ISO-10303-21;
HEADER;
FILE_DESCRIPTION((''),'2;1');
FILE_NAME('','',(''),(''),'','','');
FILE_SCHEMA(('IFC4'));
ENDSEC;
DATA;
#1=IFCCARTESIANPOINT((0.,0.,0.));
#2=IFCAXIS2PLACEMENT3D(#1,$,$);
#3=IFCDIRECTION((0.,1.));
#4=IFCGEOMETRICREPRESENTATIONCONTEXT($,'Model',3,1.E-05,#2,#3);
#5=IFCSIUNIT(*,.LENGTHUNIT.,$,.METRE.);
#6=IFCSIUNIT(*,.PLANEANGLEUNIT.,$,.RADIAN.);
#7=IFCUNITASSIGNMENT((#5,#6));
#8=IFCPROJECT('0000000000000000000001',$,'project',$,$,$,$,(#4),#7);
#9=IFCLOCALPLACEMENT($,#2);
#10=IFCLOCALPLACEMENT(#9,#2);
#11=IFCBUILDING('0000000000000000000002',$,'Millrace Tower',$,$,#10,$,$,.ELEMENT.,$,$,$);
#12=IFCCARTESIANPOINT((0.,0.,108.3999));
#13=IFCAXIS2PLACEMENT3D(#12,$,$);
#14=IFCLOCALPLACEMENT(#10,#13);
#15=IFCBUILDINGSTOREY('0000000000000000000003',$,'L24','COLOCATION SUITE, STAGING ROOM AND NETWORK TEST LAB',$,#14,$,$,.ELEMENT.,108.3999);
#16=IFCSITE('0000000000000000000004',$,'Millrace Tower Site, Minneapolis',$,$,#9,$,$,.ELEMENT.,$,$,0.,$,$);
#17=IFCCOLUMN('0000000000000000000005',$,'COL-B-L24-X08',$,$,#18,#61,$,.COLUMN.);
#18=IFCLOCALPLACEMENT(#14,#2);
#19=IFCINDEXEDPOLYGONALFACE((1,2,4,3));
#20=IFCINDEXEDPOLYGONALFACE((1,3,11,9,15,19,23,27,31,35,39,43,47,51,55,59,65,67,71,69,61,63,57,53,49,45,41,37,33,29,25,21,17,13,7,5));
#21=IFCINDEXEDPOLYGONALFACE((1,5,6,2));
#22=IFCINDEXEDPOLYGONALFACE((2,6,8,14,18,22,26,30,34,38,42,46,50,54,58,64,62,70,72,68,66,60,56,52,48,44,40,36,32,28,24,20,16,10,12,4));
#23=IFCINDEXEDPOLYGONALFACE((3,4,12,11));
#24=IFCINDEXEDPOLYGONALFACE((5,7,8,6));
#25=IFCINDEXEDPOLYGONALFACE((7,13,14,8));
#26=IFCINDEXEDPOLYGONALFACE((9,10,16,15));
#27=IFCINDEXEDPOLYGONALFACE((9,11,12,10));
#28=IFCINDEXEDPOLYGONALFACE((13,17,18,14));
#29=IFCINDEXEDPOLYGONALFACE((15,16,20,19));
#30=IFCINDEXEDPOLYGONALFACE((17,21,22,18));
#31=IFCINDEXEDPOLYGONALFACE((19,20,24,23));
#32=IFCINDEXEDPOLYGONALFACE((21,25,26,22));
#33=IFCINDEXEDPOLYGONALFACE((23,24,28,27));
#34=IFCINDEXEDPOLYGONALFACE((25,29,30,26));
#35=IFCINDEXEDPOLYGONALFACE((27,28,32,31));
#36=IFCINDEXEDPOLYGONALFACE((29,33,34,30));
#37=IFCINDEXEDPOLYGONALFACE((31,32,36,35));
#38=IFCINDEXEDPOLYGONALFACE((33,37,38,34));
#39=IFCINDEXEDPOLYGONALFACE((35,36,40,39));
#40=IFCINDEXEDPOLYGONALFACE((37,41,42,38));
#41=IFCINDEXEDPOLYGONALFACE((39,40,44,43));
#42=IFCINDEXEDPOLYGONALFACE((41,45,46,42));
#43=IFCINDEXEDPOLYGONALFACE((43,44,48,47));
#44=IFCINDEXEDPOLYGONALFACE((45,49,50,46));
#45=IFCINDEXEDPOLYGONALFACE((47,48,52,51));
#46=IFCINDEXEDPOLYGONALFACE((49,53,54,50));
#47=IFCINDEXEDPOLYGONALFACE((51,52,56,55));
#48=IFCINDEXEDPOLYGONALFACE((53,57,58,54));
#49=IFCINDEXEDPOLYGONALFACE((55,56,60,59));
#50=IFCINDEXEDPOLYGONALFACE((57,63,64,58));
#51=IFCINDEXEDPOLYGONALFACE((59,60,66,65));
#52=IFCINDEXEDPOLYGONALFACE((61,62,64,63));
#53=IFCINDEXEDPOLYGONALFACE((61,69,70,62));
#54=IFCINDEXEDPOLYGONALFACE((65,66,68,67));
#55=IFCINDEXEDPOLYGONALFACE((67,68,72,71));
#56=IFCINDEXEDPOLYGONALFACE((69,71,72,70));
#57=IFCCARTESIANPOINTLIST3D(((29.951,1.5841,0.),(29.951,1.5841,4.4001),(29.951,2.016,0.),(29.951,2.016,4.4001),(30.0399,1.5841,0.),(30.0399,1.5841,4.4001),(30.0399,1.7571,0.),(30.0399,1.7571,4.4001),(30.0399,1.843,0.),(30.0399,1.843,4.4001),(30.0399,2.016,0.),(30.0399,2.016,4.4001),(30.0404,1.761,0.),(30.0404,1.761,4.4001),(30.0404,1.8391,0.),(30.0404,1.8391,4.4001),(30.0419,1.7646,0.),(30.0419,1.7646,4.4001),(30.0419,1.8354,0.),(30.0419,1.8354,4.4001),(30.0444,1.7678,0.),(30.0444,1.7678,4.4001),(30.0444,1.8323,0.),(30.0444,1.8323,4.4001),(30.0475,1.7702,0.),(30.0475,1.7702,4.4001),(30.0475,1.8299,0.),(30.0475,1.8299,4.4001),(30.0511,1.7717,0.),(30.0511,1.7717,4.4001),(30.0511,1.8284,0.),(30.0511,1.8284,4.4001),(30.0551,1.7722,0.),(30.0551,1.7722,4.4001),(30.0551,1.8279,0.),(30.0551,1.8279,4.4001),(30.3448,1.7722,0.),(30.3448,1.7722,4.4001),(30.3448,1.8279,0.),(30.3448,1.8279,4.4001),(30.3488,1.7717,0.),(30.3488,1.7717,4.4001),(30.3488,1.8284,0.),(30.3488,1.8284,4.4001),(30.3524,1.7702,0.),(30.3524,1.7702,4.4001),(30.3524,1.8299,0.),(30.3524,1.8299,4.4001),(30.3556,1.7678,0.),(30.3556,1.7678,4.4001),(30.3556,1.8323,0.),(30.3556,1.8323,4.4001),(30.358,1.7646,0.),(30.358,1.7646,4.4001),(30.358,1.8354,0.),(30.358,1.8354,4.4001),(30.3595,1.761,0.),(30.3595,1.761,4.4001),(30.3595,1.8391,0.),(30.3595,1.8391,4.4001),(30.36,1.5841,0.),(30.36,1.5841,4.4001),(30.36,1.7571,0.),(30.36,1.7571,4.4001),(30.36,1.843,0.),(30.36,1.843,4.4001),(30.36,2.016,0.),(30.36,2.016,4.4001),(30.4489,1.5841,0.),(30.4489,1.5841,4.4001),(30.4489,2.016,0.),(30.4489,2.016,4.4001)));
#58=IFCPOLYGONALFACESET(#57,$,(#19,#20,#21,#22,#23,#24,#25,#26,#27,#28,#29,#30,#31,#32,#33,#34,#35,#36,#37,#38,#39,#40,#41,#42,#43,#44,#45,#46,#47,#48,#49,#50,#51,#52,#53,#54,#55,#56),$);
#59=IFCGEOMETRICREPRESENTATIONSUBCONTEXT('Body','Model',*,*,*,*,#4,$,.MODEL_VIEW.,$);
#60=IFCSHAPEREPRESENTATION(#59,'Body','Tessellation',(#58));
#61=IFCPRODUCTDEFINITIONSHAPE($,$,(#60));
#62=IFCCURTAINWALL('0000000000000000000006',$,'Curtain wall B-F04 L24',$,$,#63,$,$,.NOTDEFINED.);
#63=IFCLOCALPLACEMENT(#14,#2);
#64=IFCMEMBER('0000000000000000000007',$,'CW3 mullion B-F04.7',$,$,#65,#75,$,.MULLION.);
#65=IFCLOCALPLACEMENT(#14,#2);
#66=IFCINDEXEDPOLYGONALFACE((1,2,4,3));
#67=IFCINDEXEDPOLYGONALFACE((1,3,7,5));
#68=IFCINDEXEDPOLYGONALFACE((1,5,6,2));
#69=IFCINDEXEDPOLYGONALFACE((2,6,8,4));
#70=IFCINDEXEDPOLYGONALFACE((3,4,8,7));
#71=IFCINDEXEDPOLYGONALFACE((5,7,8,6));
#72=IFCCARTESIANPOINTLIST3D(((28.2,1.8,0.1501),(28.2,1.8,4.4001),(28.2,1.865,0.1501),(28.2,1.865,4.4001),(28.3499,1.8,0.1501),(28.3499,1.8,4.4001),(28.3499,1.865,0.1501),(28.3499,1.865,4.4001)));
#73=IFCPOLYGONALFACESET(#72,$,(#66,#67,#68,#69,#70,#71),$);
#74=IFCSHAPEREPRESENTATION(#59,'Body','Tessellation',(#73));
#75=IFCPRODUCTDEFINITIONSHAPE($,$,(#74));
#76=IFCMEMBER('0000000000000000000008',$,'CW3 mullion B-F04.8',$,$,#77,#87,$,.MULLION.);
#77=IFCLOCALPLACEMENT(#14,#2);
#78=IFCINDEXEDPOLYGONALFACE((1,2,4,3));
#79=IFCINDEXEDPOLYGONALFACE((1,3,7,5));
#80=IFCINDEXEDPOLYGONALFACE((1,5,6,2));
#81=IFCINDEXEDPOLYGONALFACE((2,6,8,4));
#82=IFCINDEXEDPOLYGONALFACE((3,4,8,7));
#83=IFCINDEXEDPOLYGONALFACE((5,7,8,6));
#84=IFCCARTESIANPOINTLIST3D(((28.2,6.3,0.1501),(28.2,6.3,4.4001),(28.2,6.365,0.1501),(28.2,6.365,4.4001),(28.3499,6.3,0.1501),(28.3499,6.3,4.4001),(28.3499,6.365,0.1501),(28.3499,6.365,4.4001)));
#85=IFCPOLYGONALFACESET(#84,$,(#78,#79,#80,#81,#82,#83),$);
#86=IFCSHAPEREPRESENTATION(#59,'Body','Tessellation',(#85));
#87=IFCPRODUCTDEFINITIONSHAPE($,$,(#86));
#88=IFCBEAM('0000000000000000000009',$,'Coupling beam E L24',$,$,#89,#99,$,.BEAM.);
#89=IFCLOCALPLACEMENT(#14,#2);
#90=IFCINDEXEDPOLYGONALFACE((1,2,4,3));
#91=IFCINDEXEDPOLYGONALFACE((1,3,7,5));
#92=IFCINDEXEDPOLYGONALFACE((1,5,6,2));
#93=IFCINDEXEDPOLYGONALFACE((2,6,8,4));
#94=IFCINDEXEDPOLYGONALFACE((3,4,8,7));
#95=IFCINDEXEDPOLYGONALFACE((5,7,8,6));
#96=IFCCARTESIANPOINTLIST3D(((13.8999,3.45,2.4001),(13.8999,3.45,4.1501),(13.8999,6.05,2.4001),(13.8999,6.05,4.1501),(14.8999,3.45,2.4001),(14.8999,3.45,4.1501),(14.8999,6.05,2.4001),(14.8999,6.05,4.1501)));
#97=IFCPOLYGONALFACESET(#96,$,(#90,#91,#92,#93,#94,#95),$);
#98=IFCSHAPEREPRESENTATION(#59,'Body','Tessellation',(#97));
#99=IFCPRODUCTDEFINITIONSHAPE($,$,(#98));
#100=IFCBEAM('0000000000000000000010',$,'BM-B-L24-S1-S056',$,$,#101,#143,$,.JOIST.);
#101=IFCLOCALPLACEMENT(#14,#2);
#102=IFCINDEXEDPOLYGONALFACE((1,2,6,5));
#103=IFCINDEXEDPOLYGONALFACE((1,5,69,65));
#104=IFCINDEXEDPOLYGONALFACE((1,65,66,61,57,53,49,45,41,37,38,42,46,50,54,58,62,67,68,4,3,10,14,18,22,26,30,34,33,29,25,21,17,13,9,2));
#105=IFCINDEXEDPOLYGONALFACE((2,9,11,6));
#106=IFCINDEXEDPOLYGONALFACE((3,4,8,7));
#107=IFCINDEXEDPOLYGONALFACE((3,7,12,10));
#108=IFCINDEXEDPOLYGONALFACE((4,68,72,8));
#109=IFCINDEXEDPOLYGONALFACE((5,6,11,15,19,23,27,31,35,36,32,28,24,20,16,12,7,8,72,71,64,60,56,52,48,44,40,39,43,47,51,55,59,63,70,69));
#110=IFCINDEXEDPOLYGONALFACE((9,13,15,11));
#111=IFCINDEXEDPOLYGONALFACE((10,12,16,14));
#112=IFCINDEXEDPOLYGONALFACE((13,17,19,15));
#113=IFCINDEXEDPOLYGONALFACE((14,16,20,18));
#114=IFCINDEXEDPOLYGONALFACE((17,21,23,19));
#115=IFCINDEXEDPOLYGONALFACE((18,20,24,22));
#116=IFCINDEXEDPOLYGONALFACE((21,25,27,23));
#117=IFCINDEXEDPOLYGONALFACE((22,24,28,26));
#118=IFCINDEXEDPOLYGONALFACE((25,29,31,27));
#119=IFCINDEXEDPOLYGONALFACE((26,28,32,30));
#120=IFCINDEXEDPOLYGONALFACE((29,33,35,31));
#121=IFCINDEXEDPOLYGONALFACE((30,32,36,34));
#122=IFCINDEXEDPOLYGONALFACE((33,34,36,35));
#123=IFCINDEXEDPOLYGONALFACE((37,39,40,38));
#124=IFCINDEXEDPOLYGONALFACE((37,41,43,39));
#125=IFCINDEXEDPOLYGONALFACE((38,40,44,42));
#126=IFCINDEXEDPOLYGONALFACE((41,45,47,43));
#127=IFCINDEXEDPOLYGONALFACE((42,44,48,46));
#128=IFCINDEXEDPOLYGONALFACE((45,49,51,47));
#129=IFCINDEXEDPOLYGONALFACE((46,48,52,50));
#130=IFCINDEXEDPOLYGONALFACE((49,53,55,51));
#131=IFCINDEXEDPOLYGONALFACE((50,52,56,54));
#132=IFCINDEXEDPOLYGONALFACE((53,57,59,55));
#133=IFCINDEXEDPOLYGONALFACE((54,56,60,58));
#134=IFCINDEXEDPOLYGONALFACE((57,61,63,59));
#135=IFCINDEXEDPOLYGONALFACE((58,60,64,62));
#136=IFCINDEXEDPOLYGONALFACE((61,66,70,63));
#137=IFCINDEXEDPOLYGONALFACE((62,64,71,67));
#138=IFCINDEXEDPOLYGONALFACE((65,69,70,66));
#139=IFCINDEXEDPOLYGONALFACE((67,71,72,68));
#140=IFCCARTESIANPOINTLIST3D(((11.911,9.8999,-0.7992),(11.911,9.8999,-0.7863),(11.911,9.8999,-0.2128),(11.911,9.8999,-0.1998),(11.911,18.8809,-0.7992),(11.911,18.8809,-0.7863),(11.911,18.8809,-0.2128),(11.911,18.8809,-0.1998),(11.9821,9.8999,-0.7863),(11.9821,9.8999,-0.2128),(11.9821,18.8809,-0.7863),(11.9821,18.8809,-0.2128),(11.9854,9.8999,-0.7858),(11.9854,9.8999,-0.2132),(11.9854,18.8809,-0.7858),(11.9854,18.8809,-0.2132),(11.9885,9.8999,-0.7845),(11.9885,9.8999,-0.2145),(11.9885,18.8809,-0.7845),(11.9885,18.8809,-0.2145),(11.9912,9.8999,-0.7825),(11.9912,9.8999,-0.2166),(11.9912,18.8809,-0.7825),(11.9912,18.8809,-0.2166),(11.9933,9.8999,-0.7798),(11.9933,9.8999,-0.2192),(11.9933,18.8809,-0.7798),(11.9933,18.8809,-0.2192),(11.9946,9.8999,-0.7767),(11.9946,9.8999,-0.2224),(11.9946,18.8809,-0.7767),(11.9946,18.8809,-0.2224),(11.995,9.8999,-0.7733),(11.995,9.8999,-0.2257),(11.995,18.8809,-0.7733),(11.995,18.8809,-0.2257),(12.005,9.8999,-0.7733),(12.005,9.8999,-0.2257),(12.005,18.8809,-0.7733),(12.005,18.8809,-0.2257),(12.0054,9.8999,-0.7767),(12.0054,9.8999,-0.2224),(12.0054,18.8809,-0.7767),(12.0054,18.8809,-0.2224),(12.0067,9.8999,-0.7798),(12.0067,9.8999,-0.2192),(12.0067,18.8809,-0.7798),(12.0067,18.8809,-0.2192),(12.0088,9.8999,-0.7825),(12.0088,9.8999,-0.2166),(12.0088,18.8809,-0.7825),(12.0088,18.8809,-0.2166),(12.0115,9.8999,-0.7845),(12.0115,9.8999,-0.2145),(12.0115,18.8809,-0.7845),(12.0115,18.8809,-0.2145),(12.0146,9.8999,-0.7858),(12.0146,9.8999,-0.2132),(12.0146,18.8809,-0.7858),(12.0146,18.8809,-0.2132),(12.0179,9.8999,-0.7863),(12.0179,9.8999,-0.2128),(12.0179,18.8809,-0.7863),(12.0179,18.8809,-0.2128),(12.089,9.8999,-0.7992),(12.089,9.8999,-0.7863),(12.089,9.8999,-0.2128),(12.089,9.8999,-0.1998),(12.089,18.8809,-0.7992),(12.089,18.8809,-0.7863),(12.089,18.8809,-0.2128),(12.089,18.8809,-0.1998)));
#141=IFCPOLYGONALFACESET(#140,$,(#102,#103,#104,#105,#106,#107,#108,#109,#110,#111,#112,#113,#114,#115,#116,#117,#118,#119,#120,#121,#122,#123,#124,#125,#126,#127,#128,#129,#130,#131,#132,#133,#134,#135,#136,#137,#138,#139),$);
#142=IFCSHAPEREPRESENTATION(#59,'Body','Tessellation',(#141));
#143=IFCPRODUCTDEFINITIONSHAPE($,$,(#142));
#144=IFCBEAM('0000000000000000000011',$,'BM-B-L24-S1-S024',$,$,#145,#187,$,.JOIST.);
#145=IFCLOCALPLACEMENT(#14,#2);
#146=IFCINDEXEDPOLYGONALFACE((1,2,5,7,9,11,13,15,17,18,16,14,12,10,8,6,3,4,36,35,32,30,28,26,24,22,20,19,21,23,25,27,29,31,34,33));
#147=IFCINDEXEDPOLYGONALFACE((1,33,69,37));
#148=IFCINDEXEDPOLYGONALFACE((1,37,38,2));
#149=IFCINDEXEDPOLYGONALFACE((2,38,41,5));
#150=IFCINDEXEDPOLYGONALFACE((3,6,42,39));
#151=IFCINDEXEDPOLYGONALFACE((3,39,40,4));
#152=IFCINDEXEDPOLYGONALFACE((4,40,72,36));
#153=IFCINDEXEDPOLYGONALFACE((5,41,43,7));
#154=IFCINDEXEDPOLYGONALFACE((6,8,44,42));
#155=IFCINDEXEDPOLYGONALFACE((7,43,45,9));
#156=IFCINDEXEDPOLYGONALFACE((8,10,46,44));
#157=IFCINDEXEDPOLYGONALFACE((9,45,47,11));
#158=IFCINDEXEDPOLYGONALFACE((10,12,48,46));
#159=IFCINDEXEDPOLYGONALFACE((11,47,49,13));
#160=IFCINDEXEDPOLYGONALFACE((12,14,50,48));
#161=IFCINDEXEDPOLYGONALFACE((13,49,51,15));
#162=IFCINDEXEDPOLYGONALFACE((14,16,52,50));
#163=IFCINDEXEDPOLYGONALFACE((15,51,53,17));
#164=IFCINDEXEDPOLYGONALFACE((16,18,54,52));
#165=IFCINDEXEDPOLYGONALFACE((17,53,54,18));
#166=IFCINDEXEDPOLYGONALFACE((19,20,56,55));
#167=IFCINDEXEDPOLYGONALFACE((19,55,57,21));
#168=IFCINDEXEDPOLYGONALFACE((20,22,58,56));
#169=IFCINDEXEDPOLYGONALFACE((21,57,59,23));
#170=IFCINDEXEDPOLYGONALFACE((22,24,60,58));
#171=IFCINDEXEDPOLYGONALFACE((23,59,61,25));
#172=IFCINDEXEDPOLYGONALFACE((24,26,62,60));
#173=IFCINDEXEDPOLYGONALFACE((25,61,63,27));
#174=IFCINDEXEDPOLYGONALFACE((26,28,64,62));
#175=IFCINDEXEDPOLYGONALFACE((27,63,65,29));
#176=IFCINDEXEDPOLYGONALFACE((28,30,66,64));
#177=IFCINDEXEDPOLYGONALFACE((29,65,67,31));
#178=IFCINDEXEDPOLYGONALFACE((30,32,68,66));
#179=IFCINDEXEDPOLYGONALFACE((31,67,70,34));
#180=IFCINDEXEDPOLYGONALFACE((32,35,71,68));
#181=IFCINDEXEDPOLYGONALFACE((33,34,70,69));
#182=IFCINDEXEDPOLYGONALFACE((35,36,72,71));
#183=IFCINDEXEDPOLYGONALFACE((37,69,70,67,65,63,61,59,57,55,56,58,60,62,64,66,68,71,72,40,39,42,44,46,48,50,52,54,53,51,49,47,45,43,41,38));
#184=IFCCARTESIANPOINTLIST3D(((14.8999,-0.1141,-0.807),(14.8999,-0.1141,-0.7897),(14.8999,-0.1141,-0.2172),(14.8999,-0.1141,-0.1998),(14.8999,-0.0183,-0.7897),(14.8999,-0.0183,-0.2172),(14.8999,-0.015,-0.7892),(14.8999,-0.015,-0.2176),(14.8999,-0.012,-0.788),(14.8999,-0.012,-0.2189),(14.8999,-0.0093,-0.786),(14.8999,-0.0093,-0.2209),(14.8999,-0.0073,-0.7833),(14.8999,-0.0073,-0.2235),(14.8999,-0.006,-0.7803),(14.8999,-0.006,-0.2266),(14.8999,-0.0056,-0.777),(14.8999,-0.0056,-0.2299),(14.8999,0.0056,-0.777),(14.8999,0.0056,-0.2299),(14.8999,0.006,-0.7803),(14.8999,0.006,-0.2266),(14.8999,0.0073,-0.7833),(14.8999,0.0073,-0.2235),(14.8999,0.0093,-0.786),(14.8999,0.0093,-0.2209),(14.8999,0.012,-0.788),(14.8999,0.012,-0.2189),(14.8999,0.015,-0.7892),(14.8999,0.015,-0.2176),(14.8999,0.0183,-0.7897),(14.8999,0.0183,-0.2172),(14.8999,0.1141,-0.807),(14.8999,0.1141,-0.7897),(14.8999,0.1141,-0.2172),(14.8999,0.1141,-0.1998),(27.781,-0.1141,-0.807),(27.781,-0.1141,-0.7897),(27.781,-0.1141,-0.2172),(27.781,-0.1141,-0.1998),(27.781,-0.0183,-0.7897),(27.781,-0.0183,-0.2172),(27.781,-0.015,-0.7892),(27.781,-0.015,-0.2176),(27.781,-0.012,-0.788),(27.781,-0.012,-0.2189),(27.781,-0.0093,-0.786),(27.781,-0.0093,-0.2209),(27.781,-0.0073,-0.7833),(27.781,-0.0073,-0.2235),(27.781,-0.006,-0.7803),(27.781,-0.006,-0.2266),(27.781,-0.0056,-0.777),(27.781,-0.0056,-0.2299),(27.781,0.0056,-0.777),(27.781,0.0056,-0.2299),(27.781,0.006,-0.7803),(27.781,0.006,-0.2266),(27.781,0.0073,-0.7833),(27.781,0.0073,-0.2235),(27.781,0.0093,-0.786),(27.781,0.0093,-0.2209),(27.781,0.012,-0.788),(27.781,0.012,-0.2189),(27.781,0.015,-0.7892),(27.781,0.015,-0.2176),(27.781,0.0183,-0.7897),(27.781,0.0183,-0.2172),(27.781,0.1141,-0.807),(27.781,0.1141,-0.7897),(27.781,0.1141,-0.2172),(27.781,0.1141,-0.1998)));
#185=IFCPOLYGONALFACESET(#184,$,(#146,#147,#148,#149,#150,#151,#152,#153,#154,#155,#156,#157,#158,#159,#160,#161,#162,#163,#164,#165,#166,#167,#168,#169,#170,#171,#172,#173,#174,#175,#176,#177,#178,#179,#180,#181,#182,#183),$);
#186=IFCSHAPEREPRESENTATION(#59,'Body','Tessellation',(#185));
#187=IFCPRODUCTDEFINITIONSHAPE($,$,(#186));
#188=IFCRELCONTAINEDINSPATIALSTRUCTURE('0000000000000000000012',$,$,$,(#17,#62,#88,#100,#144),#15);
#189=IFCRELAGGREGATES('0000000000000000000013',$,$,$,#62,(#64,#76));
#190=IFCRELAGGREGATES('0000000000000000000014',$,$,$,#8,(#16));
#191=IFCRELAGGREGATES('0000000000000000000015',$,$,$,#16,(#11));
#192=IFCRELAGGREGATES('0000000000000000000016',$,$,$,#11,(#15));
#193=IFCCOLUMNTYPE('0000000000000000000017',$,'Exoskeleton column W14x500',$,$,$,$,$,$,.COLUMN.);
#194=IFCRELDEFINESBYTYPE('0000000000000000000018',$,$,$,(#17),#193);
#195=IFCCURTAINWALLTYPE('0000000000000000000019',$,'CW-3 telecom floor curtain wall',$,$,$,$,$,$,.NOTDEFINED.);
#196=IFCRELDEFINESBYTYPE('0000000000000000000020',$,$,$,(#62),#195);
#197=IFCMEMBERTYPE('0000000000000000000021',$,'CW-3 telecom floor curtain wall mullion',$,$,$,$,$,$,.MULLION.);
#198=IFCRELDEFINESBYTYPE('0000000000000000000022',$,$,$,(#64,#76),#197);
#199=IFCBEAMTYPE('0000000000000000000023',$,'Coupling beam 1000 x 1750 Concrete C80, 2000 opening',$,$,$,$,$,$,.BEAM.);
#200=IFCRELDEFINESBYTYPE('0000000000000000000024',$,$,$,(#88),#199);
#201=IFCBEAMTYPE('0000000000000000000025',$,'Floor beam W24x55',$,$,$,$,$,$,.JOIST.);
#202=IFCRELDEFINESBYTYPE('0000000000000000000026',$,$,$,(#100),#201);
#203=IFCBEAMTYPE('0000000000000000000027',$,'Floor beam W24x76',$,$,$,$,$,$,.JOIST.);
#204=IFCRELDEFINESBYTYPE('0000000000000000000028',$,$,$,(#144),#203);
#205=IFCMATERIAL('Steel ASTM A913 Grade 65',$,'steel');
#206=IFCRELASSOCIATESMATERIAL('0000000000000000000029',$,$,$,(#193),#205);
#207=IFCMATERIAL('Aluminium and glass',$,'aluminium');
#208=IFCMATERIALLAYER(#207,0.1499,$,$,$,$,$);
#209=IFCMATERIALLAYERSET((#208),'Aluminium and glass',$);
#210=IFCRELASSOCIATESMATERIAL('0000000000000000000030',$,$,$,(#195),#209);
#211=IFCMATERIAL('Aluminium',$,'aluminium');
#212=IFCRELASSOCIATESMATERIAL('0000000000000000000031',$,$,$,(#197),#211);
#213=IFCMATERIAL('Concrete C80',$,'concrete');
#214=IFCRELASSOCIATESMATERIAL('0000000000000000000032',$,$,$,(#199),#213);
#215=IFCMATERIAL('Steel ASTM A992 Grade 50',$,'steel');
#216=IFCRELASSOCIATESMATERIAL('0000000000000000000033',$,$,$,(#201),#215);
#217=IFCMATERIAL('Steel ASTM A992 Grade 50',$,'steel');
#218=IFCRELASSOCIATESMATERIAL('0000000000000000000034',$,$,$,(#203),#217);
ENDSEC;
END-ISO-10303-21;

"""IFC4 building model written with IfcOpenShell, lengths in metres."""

from ifc_helpers import new_model, si_unit, direction, frame, origin, origin_2d, place, context, subcontext, project, spatial, rectangle, i_section, extrude, material, layer, layer_set, material_profile, profile_set, type_object, element, aggregate, save


model = new_model("IFC4")

# Units and contexts
model_context = context("Model", 3, precision=1e-05, world=origin(), true_north=direction((0.0, 1.0)))
body_context = subcontext(model_context, "Body", "Model", "MODEL_VIEW")
ifc_project = project(units=[si_unit("LENGTHUNIT", "METRE"), si_unit("PLANEANGLEUNIT", "RADIAN")], contexts=[model_context])

# Site, building, storey
site_placement = place(None, origin())
site = spatial("IfcSite", under=ifc_project, at=site_placement, Name="Millrace Tower Site, Minneapolis", CompositionType="ELEMENT", RefElevation=0.0)
building_placement = place(site_placement, origin())
building = spatial("IfcBuilding", under=site, at=building_placement, Name="Millrace Tower", CompositionType="ELEMENT")
storey_placement = place(building_placement, frame((0.0, 0.0, 108.3999)))
storey = spatial("IfcBuildingStorey", under=building, at=storey_placement, Name="L24", Description="COLOCATION SUITE, STAGING ROOM AND NETWORK TEST LAB", CompositionType="ELEMENT", Elevation=108.3999)

# Column
ifc_material_1 = material(Name="Steel ASTM A913 Grade 65", Category="steel")
ifc_material_profile_1 = material_profile(ifc_material_1, i_section(OverallWidth=0.4319, OverallDepth=0.4978, WebThickness=0.0557, FlangeThickness=0.0889, FilletRadius=0.0151, at=origin_2d()))
ifc_profile_set_1 = profile_set([ifc_material_profile_1], Name="Steel ASTM A913 Grade 65")
column_type = type_object("IfcColumnType", Name="Exoskeleton column W14x500", PredefinedType="COLUMN", material=ifc_profile_set_1)
column_placement = place(storey_placement, frame((30.2, 1.8, 0.0), z_axis=(0.0, 0.0, 1.0), x_axis=(0.0, 1.0, 0.0)))
element("IfcColumn", 1, at=column_placement, inside=storey, type_object=column_type, Name="COL-B-L24-X08", PredefinedType="COLUMN", context=body_context, shape_type="SweptSolid", body=[
    extrude(i_section(OverallWidth=0.4319, OverallDepth=0.4978, WebThickness=0.0557, FlangeThickness=0.0889, FilletRadius=0.0151, at=origin_2d()), origin(), (0.0, 0.0, 1.0), 4.4001),
])

# Curtain wall, members
ifc_material_2 = material(Name="Aluminium and glass", Category="aluminium")
ifc_layer_1 = layer(ifc_material_2, 0.1499)
ifc_layer_set_1 = layer_set([ifc_layer_1], Name="Aluminium and glass")
curtain_wall_type = type_object("IfcCurtainWallType", Name="CW-3 telecom floor curtain wall", PredefinedType="NOTDEFINED", material=ifc_layer_set_1)
curtain_wall_placement = place(storey_placement, origin())
curtain_wall = element("IfcCurtainWall", 2, at=curtain_wall_placement, inside=storey, type_object=curtain_wall_type, Name="Curtain wall B-F04 L24", PredefinedType="NOTDEFINED")
ifc_material_3 = material(Name="Aluminium", Category="aluminium")
ifc_material_profile_2 = material_profile(ifc_material_3, rectangle(XDim=0.0649, YDim=0.1499, at=origin_2d()))
ifc_profile_set_2 = profile_set([ifc_material_profile_2], Name="Aluminium")
member_type = type_object("IfcMemberType", Name="CW-3 telecom floor curtain wall mullion", PredefinedType="MULLION", material=ifc_profile_set_2)
member_1_placement = place(storey_placement, frame((28.2749, 1.8325, 0.1501), z_axis=(0.0, 0.0, 1.0), x_axis=(0.0, 1.0, 0.0)))
member_1 = element("IfcMember", 3, at=member_1_placement, type_object=member_type, Name="CW3 mullion B-F04.7", PredefinedType="MULLION", context=body_context, shape_type="SweptSolid", body=[
    extrude(rectangle(XDim=0.0649, YDim=0.1499, at=origin_2d()), origin(), (0.0, 0.0, 1.0), 4.25),
])
member_2_placement = place(storey_placement, frame((28.2749, 6.3325, 0.1501), z_axis=(0.0, 0.0, 1.0), x_axis=(0.0, 1.0, 0.0)))
member_2 = element("IfcMember", 4, at=member_2_placement, type_object=member_type, Name="CW3 mullion B-F04.8", PredefinedType="MULLION", context=body_context, shape_type="SweptSolid", body=[
    extrude(rectangle(XDim=0.0649, YDim=0.1499, at=origin_2d()), origin(), (0.0, 0.0, 1.0), 4.25),
])
aggregate(curtain_wall, [member_1, member_2])

# Beams
ifc_material_4 = material(Name="Concrete C80", Category="concrete")
ifc_material_profile_3 = material_profile(ifc_material_4, rectangle(XDim=1.0, YDim=1.75, at=origin_2d()))
ifc_profile_set_3 = profile_set([ifc_material_profile_3], Name="Concrete C80")
beam_type_1 = type_object("IfcBeamType", Name="Coupling beam 1000 x 1750 Concrete C80, 2000 opening", PredefinedType="BEAM", material=ifc_profile_set_3)
beam_1_placement = place(storey_placement, frame((14.3999, 6.05, 3.2751), z_axis=(0.0, -1.0, 0.0), x_axis=(1.0, 0.0, 0.0)))
element("IfcBeam", 5, at=beam_1_placement, inside=storey, type_object=beam_type_1, Name="Coupling beam E L24", PredefinedType="BEAM", context=body_context, shape_type="SweptSolid", body=[
    extrude(rectangle(XDim=1.0, YDim=1.75, at=origin_2d()), origin(), (0.0, 0.0, 1.0), 2.6001),
])
ifc_material_5 = material(Name="Steel ASTM A992 Grade 50", Category="steel")
ifc_material_profile_4 = material_profile(ifc_material_5, i_section(OverallWidth=0.178, OverallDepth=0.5994, WebThickness=0.01, FlangeThickness=0.0129, FilletRadius=0.0129, at=origin_2d()))
ifc_profile_set_4 = profile_set([ifc_material_profile_4], Name="Steel ASTM A992 Grade 50")
beam_type_2 = type_object("IfcBeamType", Name="Floor beam W24x55", PredefinedType="JOIST", material=ifc_profile_set_4)
beam_2_placement = place(storey_placement, frame((12.0, 9.8999, -0.4995), z_axis=(0.0, 1.0, 0.0), x_axis=(-1.0, 0.0, 0.0)))
element("IfcBeam", 6, at=beam_2_placement, inside=storey, type_object=beam_type_2, Name="BM-B-L24-S1-S056", PredefinedType="JOIST", context=body_context, shape_type="SweptSolid", body=[
    extrude(i_section(OverallWidth=0.178, OverallDepth=0.5994, WebThickness=0.01, FlangeThickness=0.0129, FilletRadius=0.0129, at=origin_2d()), origin(), (0.0, 0.0, 1.0), 8.981),
])
ifc_material_6 = material(Name="Steel ASTM A992 Grade 50", Category="steel")
ifc_material_profile_5 = material_profile(ifc_material_6, i_section(OverallWidth=0.2283, OverallDepth=0.6072, WebThickness=0.0112, FlangeThickness=0.0173, FilletRadius=0.0127, at=origin_2d()))
ifc_profile_set_5 = profile_set([ifc_material_profile_5], Name="Steel ASTM A992 Grade 50")
beam_type_3 = type_object("IfcBeamType", Name="Floor beam W24x76", PredefinedType="JOIST", material=ifc_profile_set_5)
for number, where, z_axis, x_axis, name in (
    (7, (14.8999, 0.0, -0.5034), (1.0, 0.0, 0.0), (0.0, 1.0, 0.0), "BM-B-L24-S1-S024"),
):
    element("IfcBeam", number, at=place(storey_placement, frame(where, z_axis=z_axis, x_axis=x_axis)), inside=storey, type_object=beam_type_3, Name=name, PredefinedType="JOIST", context=body_context, shape_type="SweptSolid", body=[
        extrude(i_section(OverallWidth=0.2283, OverallDepth=0.6072, WebThickness=0.0112, FlangeThickness=0.0173, FilletRadius=0.0127, at=origin_2d()), origin(), (0.0, 0.0, 1.0), 12.8811),
    ])

save(model, "model.ifc")
